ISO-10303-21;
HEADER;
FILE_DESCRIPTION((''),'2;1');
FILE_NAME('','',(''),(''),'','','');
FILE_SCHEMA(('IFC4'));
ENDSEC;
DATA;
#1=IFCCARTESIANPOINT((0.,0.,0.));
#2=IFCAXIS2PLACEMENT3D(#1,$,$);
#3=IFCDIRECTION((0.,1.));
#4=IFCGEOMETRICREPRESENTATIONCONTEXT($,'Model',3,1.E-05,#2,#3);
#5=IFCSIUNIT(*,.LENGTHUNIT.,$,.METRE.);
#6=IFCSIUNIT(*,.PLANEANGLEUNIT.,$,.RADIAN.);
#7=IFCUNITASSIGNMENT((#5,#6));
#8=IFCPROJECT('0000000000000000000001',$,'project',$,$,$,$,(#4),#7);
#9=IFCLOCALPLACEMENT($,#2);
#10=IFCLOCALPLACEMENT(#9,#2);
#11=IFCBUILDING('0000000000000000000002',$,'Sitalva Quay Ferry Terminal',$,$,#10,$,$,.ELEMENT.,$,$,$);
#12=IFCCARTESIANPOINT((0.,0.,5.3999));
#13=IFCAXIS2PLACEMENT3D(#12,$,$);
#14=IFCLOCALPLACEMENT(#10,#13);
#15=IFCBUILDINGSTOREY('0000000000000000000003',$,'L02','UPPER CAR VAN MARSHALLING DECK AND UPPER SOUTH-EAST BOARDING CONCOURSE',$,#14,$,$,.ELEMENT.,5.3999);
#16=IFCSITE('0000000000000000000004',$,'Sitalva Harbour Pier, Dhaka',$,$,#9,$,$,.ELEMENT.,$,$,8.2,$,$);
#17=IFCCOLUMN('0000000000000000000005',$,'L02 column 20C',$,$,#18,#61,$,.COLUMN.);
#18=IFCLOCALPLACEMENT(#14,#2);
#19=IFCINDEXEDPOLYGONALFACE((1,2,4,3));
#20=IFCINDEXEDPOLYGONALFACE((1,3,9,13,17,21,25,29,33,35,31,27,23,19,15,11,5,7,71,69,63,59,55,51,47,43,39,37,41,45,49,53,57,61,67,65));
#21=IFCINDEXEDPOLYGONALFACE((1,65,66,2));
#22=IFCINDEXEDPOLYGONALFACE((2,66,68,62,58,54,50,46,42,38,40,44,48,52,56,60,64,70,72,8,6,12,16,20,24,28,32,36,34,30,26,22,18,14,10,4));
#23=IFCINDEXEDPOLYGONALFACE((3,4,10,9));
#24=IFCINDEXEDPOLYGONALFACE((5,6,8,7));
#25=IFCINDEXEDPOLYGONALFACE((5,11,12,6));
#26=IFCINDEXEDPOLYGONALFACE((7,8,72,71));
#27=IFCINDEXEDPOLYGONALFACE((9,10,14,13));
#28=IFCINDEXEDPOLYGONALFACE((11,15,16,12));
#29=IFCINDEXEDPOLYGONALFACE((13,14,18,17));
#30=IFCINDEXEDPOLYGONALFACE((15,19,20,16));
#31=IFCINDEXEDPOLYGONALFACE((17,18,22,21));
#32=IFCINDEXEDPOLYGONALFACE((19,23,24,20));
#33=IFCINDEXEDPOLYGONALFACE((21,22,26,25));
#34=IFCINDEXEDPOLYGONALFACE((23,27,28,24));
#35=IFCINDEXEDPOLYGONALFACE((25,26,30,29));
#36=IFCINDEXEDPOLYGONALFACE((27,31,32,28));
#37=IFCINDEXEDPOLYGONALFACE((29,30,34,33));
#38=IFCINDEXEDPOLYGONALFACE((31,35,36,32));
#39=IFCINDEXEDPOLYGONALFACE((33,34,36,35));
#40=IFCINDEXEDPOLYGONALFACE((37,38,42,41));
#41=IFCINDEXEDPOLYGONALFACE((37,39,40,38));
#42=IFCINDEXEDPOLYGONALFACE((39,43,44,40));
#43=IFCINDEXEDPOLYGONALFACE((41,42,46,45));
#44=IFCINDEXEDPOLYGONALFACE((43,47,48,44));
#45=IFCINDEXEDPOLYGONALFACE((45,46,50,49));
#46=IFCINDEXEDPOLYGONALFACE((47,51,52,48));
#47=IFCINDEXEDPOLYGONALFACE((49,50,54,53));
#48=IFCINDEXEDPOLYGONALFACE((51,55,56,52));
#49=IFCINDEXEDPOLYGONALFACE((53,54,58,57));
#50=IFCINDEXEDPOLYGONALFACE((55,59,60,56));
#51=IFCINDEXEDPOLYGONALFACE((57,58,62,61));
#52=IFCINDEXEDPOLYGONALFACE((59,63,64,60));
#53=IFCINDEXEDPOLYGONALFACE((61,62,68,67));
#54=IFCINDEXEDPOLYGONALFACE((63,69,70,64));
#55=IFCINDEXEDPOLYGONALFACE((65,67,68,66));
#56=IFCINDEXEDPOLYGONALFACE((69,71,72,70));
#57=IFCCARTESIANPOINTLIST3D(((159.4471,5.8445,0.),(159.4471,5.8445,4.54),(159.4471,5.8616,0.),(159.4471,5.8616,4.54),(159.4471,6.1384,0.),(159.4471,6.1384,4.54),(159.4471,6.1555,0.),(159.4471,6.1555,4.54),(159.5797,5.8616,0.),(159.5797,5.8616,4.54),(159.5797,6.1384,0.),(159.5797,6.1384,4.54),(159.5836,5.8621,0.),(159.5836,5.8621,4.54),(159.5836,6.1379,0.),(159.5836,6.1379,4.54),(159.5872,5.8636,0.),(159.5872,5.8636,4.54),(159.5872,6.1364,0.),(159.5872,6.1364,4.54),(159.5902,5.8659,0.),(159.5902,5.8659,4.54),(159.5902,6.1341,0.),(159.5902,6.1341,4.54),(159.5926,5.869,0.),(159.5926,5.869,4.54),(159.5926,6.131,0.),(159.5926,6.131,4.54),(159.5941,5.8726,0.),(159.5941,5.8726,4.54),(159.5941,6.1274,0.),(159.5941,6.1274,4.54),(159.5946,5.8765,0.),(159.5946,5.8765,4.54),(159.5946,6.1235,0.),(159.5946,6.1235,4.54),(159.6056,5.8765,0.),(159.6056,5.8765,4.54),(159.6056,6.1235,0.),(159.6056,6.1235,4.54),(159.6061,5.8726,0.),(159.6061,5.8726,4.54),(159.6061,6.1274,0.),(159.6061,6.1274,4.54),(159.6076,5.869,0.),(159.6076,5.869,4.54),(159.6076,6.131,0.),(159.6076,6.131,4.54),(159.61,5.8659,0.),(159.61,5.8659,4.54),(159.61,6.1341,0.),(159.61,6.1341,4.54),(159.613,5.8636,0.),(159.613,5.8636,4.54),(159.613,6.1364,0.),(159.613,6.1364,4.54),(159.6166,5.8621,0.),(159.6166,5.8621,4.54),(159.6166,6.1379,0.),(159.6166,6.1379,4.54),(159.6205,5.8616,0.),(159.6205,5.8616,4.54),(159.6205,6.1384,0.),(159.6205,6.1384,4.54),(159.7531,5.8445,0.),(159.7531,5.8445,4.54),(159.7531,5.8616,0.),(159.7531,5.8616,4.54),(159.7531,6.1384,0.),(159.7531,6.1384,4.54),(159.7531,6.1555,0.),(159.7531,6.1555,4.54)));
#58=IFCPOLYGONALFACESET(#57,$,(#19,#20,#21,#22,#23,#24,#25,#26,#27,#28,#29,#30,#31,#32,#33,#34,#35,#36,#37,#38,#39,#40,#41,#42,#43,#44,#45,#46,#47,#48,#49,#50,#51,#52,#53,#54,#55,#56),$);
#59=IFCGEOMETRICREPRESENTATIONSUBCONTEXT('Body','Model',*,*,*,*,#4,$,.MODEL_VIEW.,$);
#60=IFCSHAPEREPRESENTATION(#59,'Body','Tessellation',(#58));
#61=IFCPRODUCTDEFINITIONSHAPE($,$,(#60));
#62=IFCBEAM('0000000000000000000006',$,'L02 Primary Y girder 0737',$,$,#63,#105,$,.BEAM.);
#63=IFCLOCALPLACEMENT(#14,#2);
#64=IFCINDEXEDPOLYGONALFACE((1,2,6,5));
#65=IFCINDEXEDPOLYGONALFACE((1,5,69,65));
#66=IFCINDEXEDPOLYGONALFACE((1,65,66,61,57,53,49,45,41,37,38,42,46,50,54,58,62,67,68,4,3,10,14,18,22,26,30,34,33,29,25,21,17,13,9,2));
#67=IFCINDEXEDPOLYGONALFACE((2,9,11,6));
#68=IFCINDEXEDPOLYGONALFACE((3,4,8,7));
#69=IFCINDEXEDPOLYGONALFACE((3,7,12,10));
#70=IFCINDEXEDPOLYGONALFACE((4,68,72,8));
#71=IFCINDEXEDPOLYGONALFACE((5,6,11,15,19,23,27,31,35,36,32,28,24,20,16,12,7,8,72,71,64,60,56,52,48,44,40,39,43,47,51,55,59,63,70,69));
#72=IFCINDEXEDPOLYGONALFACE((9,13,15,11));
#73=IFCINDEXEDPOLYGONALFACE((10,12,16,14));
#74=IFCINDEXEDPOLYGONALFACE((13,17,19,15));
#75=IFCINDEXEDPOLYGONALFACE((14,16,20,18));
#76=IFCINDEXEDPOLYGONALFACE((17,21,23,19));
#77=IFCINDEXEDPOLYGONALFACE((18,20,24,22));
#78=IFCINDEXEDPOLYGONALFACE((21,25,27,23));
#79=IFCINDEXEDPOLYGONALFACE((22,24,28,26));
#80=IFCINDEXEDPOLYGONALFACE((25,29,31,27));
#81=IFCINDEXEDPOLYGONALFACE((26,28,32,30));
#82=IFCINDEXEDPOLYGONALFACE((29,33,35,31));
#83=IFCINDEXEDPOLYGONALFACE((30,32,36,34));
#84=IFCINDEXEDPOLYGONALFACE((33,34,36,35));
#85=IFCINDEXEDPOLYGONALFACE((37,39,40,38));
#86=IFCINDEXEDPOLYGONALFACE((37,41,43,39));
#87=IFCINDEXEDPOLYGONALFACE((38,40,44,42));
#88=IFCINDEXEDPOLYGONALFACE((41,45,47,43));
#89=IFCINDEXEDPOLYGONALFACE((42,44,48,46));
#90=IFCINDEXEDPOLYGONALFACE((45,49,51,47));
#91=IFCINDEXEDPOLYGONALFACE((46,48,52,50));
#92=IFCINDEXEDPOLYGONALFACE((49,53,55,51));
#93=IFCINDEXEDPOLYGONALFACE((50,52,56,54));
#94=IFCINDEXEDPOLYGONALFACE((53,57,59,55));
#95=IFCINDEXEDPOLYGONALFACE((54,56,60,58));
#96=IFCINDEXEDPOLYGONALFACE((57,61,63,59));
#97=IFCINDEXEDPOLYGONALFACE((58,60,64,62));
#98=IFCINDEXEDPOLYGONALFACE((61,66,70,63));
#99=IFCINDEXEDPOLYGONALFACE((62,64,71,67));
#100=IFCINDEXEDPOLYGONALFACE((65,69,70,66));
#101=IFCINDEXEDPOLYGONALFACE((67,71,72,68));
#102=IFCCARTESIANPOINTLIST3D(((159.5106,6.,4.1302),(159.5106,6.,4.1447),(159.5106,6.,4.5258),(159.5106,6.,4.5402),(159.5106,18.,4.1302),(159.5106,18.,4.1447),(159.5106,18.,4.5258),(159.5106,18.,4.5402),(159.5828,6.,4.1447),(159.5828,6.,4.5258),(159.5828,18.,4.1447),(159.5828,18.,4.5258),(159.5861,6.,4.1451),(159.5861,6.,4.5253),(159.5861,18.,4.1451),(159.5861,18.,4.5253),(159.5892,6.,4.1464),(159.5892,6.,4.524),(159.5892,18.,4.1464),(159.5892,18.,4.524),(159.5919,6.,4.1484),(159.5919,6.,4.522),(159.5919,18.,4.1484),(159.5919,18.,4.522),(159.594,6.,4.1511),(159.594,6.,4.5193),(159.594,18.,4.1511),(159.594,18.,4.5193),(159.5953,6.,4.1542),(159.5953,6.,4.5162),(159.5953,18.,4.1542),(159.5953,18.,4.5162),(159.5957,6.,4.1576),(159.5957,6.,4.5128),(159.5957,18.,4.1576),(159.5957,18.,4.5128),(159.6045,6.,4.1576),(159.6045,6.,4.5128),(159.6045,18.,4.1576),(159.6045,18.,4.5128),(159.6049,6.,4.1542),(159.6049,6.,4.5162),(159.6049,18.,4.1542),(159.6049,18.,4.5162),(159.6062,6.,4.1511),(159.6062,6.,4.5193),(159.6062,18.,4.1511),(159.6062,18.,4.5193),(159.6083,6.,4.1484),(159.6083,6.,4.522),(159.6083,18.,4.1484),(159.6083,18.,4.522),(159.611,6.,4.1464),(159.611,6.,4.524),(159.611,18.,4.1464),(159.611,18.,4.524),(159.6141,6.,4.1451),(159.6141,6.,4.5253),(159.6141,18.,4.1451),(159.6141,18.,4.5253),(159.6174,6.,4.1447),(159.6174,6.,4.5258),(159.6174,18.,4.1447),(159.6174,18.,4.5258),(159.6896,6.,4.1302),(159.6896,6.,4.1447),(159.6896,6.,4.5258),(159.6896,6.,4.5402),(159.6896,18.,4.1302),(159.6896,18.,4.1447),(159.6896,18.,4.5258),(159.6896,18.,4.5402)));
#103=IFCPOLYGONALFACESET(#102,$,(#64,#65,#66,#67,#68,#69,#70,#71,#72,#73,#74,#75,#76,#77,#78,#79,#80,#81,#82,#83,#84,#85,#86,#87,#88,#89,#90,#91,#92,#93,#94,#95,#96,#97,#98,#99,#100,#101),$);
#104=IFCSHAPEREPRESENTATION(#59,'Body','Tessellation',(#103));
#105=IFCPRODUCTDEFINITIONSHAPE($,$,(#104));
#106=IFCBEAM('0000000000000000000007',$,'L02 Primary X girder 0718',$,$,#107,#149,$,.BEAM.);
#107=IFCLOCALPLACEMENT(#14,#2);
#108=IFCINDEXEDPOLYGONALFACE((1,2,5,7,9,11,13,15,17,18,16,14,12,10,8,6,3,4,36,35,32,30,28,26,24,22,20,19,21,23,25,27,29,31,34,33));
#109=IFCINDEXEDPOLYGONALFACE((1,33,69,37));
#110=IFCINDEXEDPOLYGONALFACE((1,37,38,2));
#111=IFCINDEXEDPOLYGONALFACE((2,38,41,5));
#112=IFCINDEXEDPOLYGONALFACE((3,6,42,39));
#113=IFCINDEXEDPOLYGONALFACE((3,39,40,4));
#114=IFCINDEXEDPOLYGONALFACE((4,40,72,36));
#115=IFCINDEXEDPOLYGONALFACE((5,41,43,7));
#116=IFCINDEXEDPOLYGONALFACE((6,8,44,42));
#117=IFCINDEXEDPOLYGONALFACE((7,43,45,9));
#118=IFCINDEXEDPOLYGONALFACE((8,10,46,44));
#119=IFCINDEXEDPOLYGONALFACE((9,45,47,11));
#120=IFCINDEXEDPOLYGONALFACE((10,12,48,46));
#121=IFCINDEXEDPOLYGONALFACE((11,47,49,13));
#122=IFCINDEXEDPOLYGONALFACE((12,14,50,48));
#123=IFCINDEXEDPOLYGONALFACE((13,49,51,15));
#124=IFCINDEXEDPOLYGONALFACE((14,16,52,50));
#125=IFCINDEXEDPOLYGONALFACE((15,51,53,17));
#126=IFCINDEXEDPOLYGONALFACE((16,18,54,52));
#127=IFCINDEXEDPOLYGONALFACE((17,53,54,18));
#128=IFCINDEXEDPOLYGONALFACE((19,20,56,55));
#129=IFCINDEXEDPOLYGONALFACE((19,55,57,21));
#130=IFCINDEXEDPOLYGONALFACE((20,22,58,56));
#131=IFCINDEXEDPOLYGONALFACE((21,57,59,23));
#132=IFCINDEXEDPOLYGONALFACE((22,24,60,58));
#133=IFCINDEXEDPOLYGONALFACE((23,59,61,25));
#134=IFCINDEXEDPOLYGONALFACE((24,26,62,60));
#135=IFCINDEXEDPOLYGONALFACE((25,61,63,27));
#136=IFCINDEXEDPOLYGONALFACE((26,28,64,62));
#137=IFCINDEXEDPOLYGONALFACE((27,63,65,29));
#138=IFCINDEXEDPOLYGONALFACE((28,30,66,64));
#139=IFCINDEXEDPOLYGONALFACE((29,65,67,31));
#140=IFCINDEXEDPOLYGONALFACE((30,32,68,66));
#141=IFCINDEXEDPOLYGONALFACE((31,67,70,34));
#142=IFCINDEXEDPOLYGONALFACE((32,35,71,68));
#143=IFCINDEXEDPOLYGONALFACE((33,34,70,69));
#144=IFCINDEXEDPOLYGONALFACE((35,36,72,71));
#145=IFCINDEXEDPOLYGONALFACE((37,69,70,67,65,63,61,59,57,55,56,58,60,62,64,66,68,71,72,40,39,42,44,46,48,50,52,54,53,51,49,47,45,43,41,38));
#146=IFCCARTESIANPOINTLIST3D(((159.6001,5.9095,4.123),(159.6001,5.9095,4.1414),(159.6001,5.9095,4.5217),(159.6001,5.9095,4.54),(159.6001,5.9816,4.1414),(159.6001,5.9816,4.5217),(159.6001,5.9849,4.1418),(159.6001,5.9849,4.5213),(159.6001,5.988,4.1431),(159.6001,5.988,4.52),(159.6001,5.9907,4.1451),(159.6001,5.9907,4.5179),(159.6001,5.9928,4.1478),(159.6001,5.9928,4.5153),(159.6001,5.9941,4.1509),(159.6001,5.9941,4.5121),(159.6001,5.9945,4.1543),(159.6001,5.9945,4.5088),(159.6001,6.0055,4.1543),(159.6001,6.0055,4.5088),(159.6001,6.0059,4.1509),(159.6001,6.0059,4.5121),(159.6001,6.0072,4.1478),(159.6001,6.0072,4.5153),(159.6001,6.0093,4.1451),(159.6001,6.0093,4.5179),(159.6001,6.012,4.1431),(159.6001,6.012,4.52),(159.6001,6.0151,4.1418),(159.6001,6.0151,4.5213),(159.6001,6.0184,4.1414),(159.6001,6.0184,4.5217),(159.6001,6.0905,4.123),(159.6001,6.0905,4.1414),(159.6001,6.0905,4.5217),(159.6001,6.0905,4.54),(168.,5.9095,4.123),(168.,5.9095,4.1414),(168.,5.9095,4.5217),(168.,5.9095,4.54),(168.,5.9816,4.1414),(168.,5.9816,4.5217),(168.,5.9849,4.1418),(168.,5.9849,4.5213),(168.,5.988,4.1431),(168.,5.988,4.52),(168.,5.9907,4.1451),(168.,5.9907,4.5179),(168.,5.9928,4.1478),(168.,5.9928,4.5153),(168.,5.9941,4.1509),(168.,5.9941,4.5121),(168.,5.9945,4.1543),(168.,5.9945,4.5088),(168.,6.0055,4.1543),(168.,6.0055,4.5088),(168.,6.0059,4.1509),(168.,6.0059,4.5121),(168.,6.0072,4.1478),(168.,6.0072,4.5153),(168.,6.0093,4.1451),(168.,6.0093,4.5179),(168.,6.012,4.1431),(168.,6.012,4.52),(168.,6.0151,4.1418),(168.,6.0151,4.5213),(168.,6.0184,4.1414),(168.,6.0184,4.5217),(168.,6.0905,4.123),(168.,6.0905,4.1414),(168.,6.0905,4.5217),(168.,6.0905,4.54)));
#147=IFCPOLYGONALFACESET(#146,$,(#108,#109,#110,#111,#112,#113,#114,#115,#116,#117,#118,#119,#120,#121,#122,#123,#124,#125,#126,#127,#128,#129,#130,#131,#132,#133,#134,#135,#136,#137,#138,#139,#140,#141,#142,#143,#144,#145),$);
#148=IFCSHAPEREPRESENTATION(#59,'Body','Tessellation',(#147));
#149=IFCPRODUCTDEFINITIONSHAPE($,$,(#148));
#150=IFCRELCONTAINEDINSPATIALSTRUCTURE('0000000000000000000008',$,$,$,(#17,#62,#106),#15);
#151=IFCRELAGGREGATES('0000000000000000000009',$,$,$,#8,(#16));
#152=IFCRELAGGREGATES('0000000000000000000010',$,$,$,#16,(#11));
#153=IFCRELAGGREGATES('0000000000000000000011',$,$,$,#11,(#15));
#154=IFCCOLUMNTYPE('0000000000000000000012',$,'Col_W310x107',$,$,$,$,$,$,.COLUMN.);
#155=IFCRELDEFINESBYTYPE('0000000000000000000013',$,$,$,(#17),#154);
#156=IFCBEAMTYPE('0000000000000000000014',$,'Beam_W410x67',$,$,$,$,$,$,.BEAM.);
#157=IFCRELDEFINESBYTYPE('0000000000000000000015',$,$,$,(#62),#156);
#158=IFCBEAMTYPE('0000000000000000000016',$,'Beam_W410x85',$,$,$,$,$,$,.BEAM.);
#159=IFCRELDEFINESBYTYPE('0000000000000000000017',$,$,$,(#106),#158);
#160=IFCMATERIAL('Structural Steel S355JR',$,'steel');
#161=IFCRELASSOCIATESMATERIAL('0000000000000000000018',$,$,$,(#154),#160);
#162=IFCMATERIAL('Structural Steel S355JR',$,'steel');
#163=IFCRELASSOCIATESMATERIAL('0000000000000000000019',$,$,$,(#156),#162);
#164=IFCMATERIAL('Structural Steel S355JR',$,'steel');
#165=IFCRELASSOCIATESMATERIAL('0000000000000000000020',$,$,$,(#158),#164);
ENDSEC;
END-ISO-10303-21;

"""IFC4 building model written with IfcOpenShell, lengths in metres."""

from ifc_helpers import new_model, si_unit, direction, frame, origin, origin_2d, place, context, subcontext, project, spatial, i_section, extrude, material, material_profile, profile_set, type_object, element, save


model = new_model("IFC4")

# Units and contexts
model_context = context("Model", 3, precision=1e-05, world=origin(), true_north=direction((0.0, 1.0)))
body_context = subcontext(model_context, "Body", "Model", "MODEL_VIEW")
ifc_project = project(units=[si_unit("LENGTHUNIT", "METRE"), si_unit("PLANEANGLEUNIT", "RADIAN")], contexts=[model_context])

# Site, building, storey
site_placement = place(None, origin())
site = spatial("IfcSite", under=ifc_project, at=site_placement, Name="Sitalva Harbour Pier, Dhaka", CompositionType="ELEMENT", RefElevation=8.2)
building_placement = place(site_placement, origin())
building = spatial("IfcBuilding", under=site, at=building_placement, Name="Sitalva Quay Ferry Terminal", CompositionType="ELEMENT")
storey_placement = place(building_placement, frame((0.0, 0.0, 5.3999)))
storey = spatial("IfcBuildingStorey", under=building, at=storey_placement, Name="L02", Description="UPPER CAR VAN MARSHALLING DECK AND UPPER SOUTH-EAST BOARDING CONCOURSE", CompositionType="ELEMENT", Elevation=5.3999)

# Column
ifc_material_1 = material(Name="Structural Steel S355JR", Category="steel")
ifc_material_profile_1 = material_profile(ifc_material_1, i_section(OverallWidth=0.3059, OverallDepth=0.311, WebThickness=0.011, FlangeThickness=0.0171, FilletRadius=0.0149, at=origin_2d()), Name="W310x107")
ifc_profile_set_1 = profile_set([ifc_material_profile_1], Name="Structural Steel S355JR")
column_type = type_object("IfcColumnType", Name="Col_W310x107", PredefinedType="COLUMN", material=ifc_profile_set_1)
column_placement = place(storey_placement, frame((159.6001, 6.0, 0.0), z_axis=(0.0, 0.0, 1.0), x_axis=(1.0, 0.0, 0.0)))
element("IfcColumn", 1, at=column_placement, inside=storey, type_object=column_type, Name="L02 column 20C", PredefinedType="COLUMN", context=body_context, shape_type="SweptSolid", body=[
    extrude(i_section(OverallWidth=0.3059, OverallDepth=0.311, WebThickness=0.011, FlangeThickness=0.0171, FilletRadius=0.0149, at=origin_2d()), origin(), (0.0, 0.0, 1.0), 4.54),
])

# Beams
ifc_material_2 = material(Name="Structural Steel S355JR", Category="steel")
ifc_material_profile_2 = material_profile(ifc_material_2, i_section(OverallWidth=0.179, OverallDepth=0.4099, WebThickness=0.0088, FlangeThickness=0.0144, FilletRadius=0.0129, at=origin_2d()), Name="W410x67")
ifc_profile_set_2 = profile_set([ifc_material_profile_2], Name="Structural Steel S355JR")
beam_type_1 = type_object("IfcBeamType", Name="Beam_W410x67", PredefinedType="BEAM", material=ifc_profile_set_2)
beam_1_placement = place(storey_placement, frame((159.6001, 6.0, 4.3352), z_axis=(0.0, 1.0, 0.0), x_axis=(-1.0, 0.0, 0.0)))
element("IfcBeam", 2, at=beam_1_placement, inside=storey, type_object=beam_type_1, Name="L02 Primary Y girder 0737", PredefinedType="BEAM", context=body_context, shape_type="SweptSolid", body=[
    extrude(i_section(OverallWidth=0.179, OverallDepth=0.4099, WebThickness=0.0088, FlangeThickness=0.0144, FilletRadius=0.0129, at=origin_2d()), origin(), (0.0, 0.0, 1.0), 12.0),
])
ifc_material_3 = material(Name="Structural Steel S355JR", Category="steel")
ifc_material_profile_3 = material_profile(ifc_material_3, i_section(OverallWidth=0.1809, OverallDepth=0.417, WebThickness=0.011, FlangeThickness=0.0183, FilletRadius=0.0129, at=origin_2d()), Name="W410x85")
ifc_profile_set_3 = profile_set([ifc_material_profile_3], Name="Structural Steel S355JR")
beam_type_2 = type_object("IfcBeamType", Name="Beam_W410x85", PredefinedType="BEAM", material=ifc_profile_set_3)
beam_2_placement = place(storey_placement, frame((159.6001, 6.0, 4.3315), z_axis=(1.0, 0.0, 0.0), x_axis=(0.0, 1.0, 0.0)))
element("IfcBeam", 3, at=beam_2_placement, inside=storey, type_object=beam_type_2, Name="L02 Primary X girder 0718", PredefinedType="BEAM", context=body_context, shape_type="SweptSolid", body=[
    extrude(i_section(OverallWidth=0.1809, OverallDepth=0.417, WebThickness=0.011, FlangeThickness=0.0183, FilletRadius=0.0129, at=origin_2d()), origin(), (0.0, 0.0, 1.0), 8.3999),
])

save(model, "model.ifc")
